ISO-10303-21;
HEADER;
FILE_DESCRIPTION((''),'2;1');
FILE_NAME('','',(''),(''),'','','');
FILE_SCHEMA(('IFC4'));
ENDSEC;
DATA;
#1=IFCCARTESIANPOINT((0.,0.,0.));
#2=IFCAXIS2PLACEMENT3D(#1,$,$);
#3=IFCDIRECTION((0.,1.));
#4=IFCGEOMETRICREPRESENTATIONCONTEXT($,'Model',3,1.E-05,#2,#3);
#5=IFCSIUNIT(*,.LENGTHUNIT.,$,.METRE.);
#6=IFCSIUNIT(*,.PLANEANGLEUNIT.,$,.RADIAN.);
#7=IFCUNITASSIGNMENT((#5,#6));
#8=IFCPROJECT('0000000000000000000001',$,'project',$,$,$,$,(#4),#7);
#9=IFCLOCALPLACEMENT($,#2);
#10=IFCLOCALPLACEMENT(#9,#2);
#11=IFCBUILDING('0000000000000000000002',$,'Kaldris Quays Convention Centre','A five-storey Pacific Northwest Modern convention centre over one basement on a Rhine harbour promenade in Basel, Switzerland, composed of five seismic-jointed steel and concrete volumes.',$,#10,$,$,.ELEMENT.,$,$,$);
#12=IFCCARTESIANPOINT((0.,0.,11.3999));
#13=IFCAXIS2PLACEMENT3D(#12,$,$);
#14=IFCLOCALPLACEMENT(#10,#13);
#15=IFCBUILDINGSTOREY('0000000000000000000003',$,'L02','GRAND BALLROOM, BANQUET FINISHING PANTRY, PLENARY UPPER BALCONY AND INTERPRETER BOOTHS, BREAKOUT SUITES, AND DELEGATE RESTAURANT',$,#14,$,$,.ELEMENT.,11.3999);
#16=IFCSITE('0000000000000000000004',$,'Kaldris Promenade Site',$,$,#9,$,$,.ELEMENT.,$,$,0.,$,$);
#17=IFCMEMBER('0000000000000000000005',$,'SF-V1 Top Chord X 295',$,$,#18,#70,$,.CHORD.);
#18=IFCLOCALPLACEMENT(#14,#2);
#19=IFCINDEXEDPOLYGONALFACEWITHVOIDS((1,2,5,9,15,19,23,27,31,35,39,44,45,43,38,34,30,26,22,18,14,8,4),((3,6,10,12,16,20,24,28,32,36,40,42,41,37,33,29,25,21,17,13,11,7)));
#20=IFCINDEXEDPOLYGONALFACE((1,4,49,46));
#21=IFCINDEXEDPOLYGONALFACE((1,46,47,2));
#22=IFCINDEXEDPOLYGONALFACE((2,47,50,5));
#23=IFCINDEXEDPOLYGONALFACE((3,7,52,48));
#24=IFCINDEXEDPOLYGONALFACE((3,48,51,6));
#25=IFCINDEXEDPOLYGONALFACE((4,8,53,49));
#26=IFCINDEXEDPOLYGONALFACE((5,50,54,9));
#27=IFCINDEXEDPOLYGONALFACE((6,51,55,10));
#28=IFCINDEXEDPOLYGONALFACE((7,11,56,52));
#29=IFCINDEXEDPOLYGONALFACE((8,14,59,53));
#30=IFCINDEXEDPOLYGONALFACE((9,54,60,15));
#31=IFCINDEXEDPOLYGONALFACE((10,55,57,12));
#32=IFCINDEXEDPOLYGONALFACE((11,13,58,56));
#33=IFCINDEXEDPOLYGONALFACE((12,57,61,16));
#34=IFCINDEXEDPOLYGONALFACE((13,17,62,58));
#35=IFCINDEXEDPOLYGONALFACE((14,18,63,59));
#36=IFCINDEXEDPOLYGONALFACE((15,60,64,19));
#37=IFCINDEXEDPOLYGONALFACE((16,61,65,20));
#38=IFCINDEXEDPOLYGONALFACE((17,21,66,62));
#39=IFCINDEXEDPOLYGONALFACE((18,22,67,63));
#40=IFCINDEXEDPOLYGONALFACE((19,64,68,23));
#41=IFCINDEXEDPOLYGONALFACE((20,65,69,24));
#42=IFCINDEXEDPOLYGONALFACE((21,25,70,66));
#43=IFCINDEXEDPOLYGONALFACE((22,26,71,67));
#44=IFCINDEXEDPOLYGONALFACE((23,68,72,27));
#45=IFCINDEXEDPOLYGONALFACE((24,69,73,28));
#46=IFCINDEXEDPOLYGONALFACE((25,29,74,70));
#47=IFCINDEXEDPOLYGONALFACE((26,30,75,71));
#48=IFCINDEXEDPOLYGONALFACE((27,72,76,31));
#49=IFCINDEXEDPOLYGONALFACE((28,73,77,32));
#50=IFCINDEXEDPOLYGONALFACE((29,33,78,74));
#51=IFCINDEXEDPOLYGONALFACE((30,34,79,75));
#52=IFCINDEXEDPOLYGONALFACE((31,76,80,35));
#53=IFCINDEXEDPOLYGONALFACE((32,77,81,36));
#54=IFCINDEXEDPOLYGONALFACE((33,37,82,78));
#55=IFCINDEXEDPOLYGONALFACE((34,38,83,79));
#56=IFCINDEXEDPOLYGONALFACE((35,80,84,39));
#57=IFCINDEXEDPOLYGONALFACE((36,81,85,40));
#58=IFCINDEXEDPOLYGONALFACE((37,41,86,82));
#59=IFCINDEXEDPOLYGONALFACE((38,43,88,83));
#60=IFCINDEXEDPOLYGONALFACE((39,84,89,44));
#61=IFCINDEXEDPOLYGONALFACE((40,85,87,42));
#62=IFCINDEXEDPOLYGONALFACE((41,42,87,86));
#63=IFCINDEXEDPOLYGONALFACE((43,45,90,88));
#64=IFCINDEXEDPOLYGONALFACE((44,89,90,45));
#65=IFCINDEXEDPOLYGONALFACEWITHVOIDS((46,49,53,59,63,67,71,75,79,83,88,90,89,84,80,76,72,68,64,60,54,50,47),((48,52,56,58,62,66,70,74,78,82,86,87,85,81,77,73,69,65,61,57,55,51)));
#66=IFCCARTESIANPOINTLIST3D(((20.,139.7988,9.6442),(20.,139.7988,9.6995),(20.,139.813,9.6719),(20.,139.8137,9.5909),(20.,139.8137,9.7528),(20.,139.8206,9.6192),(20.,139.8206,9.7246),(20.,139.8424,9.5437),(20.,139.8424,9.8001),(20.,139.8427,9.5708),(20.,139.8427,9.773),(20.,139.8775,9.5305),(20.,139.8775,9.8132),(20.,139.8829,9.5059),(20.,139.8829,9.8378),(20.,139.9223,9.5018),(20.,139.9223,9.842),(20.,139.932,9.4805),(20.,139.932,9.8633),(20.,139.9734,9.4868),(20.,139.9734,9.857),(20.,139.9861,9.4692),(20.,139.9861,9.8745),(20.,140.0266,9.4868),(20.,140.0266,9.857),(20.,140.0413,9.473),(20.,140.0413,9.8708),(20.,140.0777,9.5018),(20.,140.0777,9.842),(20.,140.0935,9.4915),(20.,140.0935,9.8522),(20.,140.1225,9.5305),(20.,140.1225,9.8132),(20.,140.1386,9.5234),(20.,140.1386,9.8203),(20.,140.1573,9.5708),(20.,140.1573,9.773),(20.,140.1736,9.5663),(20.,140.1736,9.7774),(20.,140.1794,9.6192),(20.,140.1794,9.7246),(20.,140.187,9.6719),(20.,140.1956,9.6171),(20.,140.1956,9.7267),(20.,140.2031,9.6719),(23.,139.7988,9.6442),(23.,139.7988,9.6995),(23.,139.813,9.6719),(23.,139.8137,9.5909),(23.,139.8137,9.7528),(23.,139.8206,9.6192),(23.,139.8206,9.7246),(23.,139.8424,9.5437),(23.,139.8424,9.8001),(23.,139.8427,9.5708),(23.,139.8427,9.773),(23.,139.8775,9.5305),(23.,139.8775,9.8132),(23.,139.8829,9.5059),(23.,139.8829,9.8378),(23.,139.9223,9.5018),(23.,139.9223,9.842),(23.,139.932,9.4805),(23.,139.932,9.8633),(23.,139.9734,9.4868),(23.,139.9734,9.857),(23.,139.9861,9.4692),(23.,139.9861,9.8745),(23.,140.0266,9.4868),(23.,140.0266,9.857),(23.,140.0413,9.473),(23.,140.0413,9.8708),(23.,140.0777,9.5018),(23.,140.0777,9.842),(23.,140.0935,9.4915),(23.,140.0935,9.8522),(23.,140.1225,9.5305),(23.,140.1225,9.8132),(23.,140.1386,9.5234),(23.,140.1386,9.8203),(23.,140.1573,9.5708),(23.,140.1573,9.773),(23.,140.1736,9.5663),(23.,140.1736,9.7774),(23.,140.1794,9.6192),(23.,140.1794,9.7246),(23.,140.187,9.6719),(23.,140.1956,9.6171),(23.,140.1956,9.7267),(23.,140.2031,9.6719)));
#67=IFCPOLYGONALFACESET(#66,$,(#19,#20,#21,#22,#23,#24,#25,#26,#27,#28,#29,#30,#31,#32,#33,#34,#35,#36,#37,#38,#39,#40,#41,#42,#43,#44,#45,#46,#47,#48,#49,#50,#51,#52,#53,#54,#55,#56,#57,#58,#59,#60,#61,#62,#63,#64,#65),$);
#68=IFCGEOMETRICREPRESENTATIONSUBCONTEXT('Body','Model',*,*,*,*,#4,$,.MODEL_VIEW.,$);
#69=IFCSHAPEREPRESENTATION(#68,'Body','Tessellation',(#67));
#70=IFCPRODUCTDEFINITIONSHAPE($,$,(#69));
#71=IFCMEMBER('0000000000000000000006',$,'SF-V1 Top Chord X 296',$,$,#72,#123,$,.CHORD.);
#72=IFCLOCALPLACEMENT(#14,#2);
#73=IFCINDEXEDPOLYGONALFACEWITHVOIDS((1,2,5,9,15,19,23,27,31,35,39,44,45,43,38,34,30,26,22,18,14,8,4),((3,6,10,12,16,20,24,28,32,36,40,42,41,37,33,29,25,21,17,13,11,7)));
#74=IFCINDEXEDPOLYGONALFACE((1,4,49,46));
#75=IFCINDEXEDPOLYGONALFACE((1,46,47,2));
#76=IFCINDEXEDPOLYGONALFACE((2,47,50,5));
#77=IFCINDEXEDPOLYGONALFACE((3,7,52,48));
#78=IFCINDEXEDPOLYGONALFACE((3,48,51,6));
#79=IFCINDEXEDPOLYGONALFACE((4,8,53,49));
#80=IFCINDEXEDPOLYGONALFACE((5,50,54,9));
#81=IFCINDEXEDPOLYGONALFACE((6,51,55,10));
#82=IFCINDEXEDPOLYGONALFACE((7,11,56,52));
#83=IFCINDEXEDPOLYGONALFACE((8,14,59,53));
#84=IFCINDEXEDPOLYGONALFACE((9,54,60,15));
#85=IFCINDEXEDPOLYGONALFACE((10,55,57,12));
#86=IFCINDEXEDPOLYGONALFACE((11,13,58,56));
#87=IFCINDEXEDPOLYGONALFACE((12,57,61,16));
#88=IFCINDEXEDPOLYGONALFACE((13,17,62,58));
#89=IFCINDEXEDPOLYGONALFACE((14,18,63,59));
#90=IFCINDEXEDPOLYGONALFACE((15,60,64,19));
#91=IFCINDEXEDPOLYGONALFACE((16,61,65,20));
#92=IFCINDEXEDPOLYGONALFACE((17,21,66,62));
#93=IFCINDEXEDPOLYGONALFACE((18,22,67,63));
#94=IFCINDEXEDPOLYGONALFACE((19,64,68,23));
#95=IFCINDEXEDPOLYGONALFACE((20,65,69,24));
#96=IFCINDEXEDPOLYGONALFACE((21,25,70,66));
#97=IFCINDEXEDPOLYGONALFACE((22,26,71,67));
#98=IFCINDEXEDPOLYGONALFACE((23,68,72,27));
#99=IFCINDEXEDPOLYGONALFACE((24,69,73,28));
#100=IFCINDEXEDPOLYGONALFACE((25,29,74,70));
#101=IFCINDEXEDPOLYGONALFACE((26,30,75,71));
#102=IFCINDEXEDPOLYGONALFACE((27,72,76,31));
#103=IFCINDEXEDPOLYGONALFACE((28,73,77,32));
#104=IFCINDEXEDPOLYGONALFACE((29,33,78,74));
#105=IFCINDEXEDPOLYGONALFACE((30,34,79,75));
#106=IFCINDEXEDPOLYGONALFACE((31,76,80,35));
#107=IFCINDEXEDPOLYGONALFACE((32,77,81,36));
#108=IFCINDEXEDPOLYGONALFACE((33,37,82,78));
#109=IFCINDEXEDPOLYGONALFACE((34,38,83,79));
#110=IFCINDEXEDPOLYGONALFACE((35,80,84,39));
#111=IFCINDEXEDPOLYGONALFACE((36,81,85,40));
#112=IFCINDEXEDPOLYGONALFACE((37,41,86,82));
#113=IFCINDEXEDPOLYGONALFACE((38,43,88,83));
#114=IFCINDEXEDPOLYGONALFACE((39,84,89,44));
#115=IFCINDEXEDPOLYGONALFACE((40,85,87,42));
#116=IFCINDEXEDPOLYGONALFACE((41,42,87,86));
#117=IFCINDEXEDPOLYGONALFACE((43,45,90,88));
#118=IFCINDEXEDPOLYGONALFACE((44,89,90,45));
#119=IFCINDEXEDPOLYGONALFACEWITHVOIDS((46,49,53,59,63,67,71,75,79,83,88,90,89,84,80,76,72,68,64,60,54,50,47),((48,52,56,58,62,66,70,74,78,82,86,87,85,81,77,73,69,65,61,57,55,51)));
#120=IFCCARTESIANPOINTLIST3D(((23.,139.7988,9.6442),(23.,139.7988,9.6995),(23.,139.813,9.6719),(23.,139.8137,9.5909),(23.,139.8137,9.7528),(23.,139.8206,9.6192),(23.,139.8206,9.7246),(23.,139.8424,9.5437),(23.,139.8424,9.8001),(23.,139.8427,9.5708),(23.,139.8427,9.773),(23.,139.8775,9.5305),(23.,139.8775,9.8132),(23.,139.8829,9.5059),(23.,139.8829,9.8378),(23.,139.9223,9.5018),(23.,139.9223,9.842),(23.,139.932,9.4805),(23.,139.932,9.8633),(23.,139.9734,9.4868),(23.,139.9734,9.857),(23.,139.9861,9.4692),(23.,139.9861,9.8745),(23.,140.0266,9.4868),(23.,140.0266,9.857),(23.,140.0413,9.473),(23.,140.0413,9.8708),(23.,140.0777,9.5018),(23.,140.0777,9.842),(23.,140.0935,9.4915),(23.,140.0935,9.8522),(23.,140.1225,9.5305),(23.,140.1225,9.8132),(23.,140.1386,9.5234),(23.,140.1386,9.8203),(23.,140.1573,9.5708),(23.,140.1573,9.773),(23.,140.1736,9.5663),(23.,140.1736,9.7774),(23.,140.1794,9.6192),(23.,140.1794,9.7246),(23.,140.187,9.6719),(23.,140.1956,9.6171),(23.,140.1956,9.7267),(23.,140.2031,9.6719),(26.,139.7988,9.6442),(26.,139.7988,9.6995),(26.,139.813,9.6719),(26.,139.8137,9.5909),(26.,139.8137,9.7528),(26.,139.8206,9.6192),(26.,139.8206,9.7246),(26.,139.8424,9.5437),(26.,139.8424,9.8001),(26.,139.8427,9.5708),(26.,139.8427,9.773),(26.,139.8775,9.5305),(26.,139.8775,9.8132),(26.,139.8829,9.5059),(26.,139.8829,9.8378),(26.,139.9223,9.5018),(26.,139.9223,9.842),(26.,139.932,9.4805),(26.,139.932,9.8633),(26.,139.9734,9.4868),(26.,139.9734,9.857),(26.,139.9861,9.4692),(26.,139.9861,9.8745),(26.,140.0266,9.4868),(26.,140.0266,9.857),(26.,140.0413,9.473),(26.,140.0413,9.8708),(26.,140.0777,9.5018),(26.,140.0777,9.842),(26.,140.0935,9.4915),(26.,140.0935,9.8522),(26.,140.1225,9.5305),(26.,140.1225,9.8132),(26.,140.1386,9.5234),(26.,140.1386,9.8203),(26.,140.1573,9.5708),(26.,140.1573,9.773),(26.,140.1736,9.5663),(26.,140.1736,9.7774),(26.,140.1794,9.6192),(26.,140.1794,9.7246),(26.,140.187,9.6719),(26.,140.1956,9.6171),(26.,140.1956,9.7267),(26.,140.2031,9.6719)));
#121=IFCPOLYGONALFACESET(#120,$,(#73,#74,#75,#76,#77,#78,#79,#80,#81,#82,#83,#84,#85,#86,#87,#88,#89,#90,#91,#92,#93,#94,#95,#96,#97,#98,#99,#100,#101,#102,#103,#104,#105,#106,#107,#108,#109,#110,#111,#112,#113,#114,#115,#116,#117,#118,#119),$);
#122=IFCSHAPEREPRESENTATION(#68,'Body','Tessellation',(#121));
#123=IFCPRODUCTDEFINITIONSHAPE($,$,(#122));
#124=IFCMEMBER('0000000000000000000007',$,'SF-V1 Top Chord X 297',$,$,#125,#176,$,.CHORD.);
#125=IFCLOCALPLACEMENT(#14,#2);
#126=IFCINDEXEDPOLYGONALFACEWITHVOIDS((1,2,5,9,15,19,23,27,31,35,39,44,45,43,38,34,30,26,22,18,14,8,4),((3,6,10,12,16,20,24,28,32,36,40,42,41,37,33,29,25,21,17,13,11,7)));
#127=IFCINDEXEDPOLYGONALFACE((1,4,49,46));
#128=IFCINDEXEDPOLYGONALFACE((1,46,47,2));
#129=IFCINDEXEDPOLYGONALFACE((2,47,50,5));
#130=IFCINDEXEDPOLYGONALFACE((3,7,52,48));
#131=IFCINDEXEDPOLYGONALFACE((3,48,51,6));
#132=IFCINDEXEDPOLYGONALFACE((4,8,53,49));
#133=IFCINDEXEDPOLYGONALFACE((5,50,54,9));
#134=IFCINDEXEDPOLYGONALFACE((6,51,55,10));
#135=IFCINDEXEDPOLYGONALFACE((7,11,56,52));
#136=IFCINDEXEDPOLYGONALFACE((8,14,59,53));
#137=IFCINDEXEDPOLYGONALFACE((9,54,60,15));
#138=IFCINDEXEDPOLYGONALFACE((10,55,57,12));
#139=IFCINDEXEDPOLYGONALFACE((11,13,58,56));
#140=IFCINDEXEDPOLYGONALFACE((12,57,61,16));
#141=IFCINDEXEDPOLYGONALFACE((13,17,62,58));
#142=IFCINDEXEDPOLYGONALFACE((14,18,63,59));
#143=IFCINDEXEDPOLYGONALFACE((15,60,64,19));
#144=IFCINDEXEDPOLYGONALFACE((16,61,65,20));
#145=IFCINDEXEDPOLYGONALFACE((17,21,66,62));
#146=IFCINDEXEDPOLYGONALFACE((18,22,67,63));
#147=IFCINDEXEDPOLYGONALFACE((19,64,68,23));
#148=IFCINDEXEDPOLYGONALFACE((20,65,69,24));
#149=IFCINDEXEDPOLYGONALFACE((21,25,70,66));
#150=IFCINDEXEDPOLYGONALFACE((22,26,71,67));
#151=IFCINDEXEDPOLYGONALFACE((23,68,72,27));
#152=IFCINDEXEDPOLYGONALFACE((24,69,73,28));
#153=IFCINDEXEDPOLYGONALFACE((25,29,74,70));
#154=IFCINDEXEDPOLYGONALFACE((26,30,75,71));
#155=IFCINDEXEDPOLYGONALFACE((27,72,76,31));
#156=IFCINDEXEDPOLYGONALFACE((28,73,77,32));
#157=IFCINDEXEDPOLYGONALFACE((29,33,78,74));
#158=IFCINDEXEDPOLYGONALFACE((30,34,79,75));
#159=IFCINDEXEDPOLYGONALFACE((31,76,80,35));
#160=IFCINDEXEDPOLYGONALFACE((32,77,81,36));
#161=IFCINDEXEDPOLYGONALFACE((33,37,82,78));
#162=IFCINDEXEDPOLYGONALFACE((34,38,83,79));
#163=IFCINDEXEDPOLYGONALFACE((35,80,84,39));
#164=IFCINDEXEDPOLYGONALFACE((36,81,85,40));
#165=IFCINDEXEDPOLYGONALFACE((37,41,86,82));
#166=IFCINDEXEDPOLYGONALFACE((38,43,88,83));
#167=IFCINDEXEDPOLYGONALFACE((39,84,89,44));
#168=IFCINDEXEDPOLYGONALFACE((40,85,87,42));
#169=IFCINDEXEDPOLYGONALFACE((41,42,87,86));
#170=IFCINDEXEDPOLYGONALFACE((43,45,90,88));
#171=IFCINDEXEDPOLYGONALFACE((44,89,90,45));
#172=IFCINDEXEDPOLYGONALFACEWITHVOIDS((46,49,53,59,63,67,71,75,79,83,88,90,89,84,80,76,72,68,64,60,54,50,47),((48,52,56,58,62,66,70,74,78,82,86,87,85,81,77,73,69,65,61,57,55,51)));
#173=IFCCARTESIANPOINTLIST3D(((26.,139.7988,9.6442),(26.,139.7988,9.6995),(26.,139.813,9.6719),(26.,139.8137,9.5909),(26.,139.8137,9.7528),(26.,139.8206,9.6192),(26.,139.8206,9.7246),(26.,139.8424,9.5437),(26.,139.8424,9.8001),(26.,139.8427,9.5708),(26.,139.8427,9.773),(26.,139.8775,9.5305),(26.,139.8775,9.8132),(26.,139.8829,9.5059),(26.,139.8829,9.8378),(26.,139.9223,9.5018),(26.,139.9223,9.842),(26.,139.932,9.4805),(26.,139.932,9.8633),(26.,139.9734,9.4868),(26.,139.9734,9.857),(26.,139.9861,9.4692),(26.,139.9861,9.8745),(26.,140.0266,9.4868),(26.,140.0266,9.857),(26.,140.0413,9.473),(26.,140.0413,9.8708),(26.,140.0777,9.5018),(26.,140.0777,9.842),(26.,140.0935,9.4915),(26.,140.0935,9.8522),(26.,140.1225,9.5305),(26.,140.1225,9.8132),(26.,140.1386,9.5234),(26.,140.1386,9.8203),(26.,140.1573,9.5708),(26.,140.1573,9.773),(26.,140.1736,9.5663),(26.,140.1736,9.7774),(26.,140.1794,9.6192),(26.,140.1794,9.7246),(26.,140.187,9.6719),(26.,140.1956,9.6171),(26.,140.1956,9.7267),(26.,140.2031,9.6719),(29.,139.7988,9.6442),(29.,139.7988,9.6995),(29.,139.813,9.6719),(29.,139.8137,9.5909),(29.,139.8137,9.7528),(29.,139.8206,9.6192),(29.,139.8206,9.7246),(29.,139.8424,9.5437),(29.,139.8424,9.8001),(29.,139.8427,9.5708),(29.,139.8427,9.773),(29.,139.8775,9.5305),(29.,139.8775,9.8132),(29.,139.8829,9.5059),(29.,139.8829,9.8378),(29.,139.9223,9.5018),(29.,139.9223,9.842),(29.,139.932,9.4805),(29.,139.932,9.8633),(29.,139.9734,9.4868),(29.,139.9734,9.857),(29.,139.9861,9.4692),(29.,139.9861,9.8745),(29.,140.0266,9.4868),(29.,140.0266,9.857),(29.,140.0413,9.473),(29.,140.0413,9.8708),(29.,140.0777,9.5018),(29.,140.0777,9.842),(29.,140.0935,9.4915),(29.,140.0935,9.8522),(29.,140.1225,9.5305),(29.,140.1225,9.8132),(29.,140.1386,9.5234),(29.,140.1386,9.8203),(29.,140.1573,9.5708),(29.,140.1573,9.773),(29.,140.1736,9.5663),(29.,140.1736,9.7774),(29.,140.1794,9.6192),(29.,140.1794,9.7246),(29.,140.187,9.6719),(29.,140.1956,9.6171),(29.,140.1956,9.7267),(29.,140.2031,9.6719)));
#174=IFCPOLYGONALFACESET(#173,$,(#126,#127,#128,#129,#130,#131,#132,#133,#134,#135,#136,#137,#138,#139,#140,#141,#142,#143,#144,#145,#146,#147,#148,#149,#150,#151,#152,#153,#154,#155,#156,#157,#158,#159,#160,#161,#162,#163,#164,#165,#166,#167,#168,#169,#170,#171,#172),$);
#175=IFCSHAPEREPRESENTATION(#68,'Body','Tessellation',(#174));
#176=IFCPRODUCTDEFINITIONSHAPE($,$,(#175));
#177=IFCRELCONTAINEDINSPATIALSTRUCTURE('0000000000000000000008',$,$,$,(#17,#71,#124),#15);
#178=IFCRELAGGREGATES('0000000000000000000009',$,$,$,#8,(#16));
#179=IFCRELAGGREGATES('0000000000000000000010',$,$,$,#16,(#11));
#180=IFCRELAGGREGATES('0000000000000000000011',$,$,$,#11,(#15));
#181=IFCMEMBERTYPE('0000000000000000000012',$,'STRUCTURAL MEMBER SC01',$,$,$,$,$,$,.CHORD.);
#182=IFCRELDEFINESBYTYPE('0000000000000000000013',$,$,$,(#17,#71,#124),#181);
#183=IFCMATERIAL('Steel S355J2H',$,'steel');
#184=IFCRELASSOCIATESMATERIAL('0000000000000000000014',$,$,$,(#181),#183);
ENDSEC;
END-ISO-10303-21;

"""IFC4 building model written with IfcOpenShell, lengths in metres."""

from ifc_helpers import new_model, si_unit, direction, frame, origin, origin_2d, place, context, subcontext, project, spatial, hollow_circle, extrude, material, material_profile, profile_set, type_object, element, save


model = new_model("IFC4")

# Units and contexts
model_context = context("Model", 3, precision=1e-05, world=origin(), true_north=direction((0.0, 1.0)))
body_context = subcontext(model_context, "Body", "Model", "MODEL_VIEW")
ifc_project = project(units=[si_unit("LENGTHUNIT", "METRE"), si_unit("PLANEANGLEUNIT", "RADIAN")], contexts=[model_context])

# Site, building, storey
site_placement = place(None, origin())
site = spatial("IfcSite", under=ifc_project, at=site_placement, Name="Kaldris Promenade Site", CompositionType="ELEMENT", RefElevation=0.0)
building_placement = place(site_placement, origin())
building = spatial("IfcBuilding", under=site, at=building_placement, Name="Kaldris Quays Convention Centre", Description="A five-storey Pacific Northwest Modern convention centre over one basement on a Rhine harbour promenade in Basel, Switzerland, composed of five seismic-jointed steel and concrete volumes.", CompositionType="ELEMENT")
storey_placement = place(building_placement, frame((0.0, 0.0, 11.3999)))
storey = spatial("IfcBuildingStorey", under=building, at=storey_placement, Name="L02", Description="GRAND BALLROOM, BANQUET FINISHING PANTRY, PLENARY UPPER BALCONY AND INTERPRETER BOOTHS, BREAKOUT SUITES, AND DELEGATE RESTAURANT", CompositionType="ELEMENT", Elevation=11.3999)

# Members
ifc_material_1 = material(Name="Steel S355J2H", Category="steel")
ifc_material_profile_1 = material_profile(ifc_material_1, hollow_circle(Radius=0.2031, WallThickness=0.0161, at=origin_2d()), Name="CHS 406.4x16")
ifc_profile_set_1 = profile_set([ifc_material_profile_1], Name="Steel S355J2H")
member_type_1 = type_object("IfcMemberType", Name="STRUCTURAL MEMBER SC01", PredefinedType="CHORD", material=ifc_profile_set_1)
for number, where, z_axis, x_axis, name in (
    (1, (20.0, 140.0, 9.6719), (1.0, 0.0, 0.0), (0.0, 1.0, 0.0), "SF-V1 Top Chord X 295"),
    (2, (23.0, 140.0, 9.6719), (1.0, 0.0, 0.0), (0.0, 1.0, 0.0), "SF-V1 Top Chord X 296"),
    (3, (26.0, 140.0, 9.6719), (1.0, 0.0, 0.0), (0.0, 1.0, 0.0), "SF-V1 Top Chord X 297"),
):
    element("IfcMember", number, at=place(storey_placement, frame(where, z_axis=z_axis, x_axis=x_axis)), inside=storey, type_object=member_type_1, Name=name, PredefinedType="CHORD", context=body_context, shape_type="SweptSolid", body=[
        extrude(hollow_circle(Radius=0.2031, WallThickness=0.0161, at=origin_2d()), origin(), (0.0, 0.0, 1.0), 3.0),
    ])

save(model, "model.ifc")
